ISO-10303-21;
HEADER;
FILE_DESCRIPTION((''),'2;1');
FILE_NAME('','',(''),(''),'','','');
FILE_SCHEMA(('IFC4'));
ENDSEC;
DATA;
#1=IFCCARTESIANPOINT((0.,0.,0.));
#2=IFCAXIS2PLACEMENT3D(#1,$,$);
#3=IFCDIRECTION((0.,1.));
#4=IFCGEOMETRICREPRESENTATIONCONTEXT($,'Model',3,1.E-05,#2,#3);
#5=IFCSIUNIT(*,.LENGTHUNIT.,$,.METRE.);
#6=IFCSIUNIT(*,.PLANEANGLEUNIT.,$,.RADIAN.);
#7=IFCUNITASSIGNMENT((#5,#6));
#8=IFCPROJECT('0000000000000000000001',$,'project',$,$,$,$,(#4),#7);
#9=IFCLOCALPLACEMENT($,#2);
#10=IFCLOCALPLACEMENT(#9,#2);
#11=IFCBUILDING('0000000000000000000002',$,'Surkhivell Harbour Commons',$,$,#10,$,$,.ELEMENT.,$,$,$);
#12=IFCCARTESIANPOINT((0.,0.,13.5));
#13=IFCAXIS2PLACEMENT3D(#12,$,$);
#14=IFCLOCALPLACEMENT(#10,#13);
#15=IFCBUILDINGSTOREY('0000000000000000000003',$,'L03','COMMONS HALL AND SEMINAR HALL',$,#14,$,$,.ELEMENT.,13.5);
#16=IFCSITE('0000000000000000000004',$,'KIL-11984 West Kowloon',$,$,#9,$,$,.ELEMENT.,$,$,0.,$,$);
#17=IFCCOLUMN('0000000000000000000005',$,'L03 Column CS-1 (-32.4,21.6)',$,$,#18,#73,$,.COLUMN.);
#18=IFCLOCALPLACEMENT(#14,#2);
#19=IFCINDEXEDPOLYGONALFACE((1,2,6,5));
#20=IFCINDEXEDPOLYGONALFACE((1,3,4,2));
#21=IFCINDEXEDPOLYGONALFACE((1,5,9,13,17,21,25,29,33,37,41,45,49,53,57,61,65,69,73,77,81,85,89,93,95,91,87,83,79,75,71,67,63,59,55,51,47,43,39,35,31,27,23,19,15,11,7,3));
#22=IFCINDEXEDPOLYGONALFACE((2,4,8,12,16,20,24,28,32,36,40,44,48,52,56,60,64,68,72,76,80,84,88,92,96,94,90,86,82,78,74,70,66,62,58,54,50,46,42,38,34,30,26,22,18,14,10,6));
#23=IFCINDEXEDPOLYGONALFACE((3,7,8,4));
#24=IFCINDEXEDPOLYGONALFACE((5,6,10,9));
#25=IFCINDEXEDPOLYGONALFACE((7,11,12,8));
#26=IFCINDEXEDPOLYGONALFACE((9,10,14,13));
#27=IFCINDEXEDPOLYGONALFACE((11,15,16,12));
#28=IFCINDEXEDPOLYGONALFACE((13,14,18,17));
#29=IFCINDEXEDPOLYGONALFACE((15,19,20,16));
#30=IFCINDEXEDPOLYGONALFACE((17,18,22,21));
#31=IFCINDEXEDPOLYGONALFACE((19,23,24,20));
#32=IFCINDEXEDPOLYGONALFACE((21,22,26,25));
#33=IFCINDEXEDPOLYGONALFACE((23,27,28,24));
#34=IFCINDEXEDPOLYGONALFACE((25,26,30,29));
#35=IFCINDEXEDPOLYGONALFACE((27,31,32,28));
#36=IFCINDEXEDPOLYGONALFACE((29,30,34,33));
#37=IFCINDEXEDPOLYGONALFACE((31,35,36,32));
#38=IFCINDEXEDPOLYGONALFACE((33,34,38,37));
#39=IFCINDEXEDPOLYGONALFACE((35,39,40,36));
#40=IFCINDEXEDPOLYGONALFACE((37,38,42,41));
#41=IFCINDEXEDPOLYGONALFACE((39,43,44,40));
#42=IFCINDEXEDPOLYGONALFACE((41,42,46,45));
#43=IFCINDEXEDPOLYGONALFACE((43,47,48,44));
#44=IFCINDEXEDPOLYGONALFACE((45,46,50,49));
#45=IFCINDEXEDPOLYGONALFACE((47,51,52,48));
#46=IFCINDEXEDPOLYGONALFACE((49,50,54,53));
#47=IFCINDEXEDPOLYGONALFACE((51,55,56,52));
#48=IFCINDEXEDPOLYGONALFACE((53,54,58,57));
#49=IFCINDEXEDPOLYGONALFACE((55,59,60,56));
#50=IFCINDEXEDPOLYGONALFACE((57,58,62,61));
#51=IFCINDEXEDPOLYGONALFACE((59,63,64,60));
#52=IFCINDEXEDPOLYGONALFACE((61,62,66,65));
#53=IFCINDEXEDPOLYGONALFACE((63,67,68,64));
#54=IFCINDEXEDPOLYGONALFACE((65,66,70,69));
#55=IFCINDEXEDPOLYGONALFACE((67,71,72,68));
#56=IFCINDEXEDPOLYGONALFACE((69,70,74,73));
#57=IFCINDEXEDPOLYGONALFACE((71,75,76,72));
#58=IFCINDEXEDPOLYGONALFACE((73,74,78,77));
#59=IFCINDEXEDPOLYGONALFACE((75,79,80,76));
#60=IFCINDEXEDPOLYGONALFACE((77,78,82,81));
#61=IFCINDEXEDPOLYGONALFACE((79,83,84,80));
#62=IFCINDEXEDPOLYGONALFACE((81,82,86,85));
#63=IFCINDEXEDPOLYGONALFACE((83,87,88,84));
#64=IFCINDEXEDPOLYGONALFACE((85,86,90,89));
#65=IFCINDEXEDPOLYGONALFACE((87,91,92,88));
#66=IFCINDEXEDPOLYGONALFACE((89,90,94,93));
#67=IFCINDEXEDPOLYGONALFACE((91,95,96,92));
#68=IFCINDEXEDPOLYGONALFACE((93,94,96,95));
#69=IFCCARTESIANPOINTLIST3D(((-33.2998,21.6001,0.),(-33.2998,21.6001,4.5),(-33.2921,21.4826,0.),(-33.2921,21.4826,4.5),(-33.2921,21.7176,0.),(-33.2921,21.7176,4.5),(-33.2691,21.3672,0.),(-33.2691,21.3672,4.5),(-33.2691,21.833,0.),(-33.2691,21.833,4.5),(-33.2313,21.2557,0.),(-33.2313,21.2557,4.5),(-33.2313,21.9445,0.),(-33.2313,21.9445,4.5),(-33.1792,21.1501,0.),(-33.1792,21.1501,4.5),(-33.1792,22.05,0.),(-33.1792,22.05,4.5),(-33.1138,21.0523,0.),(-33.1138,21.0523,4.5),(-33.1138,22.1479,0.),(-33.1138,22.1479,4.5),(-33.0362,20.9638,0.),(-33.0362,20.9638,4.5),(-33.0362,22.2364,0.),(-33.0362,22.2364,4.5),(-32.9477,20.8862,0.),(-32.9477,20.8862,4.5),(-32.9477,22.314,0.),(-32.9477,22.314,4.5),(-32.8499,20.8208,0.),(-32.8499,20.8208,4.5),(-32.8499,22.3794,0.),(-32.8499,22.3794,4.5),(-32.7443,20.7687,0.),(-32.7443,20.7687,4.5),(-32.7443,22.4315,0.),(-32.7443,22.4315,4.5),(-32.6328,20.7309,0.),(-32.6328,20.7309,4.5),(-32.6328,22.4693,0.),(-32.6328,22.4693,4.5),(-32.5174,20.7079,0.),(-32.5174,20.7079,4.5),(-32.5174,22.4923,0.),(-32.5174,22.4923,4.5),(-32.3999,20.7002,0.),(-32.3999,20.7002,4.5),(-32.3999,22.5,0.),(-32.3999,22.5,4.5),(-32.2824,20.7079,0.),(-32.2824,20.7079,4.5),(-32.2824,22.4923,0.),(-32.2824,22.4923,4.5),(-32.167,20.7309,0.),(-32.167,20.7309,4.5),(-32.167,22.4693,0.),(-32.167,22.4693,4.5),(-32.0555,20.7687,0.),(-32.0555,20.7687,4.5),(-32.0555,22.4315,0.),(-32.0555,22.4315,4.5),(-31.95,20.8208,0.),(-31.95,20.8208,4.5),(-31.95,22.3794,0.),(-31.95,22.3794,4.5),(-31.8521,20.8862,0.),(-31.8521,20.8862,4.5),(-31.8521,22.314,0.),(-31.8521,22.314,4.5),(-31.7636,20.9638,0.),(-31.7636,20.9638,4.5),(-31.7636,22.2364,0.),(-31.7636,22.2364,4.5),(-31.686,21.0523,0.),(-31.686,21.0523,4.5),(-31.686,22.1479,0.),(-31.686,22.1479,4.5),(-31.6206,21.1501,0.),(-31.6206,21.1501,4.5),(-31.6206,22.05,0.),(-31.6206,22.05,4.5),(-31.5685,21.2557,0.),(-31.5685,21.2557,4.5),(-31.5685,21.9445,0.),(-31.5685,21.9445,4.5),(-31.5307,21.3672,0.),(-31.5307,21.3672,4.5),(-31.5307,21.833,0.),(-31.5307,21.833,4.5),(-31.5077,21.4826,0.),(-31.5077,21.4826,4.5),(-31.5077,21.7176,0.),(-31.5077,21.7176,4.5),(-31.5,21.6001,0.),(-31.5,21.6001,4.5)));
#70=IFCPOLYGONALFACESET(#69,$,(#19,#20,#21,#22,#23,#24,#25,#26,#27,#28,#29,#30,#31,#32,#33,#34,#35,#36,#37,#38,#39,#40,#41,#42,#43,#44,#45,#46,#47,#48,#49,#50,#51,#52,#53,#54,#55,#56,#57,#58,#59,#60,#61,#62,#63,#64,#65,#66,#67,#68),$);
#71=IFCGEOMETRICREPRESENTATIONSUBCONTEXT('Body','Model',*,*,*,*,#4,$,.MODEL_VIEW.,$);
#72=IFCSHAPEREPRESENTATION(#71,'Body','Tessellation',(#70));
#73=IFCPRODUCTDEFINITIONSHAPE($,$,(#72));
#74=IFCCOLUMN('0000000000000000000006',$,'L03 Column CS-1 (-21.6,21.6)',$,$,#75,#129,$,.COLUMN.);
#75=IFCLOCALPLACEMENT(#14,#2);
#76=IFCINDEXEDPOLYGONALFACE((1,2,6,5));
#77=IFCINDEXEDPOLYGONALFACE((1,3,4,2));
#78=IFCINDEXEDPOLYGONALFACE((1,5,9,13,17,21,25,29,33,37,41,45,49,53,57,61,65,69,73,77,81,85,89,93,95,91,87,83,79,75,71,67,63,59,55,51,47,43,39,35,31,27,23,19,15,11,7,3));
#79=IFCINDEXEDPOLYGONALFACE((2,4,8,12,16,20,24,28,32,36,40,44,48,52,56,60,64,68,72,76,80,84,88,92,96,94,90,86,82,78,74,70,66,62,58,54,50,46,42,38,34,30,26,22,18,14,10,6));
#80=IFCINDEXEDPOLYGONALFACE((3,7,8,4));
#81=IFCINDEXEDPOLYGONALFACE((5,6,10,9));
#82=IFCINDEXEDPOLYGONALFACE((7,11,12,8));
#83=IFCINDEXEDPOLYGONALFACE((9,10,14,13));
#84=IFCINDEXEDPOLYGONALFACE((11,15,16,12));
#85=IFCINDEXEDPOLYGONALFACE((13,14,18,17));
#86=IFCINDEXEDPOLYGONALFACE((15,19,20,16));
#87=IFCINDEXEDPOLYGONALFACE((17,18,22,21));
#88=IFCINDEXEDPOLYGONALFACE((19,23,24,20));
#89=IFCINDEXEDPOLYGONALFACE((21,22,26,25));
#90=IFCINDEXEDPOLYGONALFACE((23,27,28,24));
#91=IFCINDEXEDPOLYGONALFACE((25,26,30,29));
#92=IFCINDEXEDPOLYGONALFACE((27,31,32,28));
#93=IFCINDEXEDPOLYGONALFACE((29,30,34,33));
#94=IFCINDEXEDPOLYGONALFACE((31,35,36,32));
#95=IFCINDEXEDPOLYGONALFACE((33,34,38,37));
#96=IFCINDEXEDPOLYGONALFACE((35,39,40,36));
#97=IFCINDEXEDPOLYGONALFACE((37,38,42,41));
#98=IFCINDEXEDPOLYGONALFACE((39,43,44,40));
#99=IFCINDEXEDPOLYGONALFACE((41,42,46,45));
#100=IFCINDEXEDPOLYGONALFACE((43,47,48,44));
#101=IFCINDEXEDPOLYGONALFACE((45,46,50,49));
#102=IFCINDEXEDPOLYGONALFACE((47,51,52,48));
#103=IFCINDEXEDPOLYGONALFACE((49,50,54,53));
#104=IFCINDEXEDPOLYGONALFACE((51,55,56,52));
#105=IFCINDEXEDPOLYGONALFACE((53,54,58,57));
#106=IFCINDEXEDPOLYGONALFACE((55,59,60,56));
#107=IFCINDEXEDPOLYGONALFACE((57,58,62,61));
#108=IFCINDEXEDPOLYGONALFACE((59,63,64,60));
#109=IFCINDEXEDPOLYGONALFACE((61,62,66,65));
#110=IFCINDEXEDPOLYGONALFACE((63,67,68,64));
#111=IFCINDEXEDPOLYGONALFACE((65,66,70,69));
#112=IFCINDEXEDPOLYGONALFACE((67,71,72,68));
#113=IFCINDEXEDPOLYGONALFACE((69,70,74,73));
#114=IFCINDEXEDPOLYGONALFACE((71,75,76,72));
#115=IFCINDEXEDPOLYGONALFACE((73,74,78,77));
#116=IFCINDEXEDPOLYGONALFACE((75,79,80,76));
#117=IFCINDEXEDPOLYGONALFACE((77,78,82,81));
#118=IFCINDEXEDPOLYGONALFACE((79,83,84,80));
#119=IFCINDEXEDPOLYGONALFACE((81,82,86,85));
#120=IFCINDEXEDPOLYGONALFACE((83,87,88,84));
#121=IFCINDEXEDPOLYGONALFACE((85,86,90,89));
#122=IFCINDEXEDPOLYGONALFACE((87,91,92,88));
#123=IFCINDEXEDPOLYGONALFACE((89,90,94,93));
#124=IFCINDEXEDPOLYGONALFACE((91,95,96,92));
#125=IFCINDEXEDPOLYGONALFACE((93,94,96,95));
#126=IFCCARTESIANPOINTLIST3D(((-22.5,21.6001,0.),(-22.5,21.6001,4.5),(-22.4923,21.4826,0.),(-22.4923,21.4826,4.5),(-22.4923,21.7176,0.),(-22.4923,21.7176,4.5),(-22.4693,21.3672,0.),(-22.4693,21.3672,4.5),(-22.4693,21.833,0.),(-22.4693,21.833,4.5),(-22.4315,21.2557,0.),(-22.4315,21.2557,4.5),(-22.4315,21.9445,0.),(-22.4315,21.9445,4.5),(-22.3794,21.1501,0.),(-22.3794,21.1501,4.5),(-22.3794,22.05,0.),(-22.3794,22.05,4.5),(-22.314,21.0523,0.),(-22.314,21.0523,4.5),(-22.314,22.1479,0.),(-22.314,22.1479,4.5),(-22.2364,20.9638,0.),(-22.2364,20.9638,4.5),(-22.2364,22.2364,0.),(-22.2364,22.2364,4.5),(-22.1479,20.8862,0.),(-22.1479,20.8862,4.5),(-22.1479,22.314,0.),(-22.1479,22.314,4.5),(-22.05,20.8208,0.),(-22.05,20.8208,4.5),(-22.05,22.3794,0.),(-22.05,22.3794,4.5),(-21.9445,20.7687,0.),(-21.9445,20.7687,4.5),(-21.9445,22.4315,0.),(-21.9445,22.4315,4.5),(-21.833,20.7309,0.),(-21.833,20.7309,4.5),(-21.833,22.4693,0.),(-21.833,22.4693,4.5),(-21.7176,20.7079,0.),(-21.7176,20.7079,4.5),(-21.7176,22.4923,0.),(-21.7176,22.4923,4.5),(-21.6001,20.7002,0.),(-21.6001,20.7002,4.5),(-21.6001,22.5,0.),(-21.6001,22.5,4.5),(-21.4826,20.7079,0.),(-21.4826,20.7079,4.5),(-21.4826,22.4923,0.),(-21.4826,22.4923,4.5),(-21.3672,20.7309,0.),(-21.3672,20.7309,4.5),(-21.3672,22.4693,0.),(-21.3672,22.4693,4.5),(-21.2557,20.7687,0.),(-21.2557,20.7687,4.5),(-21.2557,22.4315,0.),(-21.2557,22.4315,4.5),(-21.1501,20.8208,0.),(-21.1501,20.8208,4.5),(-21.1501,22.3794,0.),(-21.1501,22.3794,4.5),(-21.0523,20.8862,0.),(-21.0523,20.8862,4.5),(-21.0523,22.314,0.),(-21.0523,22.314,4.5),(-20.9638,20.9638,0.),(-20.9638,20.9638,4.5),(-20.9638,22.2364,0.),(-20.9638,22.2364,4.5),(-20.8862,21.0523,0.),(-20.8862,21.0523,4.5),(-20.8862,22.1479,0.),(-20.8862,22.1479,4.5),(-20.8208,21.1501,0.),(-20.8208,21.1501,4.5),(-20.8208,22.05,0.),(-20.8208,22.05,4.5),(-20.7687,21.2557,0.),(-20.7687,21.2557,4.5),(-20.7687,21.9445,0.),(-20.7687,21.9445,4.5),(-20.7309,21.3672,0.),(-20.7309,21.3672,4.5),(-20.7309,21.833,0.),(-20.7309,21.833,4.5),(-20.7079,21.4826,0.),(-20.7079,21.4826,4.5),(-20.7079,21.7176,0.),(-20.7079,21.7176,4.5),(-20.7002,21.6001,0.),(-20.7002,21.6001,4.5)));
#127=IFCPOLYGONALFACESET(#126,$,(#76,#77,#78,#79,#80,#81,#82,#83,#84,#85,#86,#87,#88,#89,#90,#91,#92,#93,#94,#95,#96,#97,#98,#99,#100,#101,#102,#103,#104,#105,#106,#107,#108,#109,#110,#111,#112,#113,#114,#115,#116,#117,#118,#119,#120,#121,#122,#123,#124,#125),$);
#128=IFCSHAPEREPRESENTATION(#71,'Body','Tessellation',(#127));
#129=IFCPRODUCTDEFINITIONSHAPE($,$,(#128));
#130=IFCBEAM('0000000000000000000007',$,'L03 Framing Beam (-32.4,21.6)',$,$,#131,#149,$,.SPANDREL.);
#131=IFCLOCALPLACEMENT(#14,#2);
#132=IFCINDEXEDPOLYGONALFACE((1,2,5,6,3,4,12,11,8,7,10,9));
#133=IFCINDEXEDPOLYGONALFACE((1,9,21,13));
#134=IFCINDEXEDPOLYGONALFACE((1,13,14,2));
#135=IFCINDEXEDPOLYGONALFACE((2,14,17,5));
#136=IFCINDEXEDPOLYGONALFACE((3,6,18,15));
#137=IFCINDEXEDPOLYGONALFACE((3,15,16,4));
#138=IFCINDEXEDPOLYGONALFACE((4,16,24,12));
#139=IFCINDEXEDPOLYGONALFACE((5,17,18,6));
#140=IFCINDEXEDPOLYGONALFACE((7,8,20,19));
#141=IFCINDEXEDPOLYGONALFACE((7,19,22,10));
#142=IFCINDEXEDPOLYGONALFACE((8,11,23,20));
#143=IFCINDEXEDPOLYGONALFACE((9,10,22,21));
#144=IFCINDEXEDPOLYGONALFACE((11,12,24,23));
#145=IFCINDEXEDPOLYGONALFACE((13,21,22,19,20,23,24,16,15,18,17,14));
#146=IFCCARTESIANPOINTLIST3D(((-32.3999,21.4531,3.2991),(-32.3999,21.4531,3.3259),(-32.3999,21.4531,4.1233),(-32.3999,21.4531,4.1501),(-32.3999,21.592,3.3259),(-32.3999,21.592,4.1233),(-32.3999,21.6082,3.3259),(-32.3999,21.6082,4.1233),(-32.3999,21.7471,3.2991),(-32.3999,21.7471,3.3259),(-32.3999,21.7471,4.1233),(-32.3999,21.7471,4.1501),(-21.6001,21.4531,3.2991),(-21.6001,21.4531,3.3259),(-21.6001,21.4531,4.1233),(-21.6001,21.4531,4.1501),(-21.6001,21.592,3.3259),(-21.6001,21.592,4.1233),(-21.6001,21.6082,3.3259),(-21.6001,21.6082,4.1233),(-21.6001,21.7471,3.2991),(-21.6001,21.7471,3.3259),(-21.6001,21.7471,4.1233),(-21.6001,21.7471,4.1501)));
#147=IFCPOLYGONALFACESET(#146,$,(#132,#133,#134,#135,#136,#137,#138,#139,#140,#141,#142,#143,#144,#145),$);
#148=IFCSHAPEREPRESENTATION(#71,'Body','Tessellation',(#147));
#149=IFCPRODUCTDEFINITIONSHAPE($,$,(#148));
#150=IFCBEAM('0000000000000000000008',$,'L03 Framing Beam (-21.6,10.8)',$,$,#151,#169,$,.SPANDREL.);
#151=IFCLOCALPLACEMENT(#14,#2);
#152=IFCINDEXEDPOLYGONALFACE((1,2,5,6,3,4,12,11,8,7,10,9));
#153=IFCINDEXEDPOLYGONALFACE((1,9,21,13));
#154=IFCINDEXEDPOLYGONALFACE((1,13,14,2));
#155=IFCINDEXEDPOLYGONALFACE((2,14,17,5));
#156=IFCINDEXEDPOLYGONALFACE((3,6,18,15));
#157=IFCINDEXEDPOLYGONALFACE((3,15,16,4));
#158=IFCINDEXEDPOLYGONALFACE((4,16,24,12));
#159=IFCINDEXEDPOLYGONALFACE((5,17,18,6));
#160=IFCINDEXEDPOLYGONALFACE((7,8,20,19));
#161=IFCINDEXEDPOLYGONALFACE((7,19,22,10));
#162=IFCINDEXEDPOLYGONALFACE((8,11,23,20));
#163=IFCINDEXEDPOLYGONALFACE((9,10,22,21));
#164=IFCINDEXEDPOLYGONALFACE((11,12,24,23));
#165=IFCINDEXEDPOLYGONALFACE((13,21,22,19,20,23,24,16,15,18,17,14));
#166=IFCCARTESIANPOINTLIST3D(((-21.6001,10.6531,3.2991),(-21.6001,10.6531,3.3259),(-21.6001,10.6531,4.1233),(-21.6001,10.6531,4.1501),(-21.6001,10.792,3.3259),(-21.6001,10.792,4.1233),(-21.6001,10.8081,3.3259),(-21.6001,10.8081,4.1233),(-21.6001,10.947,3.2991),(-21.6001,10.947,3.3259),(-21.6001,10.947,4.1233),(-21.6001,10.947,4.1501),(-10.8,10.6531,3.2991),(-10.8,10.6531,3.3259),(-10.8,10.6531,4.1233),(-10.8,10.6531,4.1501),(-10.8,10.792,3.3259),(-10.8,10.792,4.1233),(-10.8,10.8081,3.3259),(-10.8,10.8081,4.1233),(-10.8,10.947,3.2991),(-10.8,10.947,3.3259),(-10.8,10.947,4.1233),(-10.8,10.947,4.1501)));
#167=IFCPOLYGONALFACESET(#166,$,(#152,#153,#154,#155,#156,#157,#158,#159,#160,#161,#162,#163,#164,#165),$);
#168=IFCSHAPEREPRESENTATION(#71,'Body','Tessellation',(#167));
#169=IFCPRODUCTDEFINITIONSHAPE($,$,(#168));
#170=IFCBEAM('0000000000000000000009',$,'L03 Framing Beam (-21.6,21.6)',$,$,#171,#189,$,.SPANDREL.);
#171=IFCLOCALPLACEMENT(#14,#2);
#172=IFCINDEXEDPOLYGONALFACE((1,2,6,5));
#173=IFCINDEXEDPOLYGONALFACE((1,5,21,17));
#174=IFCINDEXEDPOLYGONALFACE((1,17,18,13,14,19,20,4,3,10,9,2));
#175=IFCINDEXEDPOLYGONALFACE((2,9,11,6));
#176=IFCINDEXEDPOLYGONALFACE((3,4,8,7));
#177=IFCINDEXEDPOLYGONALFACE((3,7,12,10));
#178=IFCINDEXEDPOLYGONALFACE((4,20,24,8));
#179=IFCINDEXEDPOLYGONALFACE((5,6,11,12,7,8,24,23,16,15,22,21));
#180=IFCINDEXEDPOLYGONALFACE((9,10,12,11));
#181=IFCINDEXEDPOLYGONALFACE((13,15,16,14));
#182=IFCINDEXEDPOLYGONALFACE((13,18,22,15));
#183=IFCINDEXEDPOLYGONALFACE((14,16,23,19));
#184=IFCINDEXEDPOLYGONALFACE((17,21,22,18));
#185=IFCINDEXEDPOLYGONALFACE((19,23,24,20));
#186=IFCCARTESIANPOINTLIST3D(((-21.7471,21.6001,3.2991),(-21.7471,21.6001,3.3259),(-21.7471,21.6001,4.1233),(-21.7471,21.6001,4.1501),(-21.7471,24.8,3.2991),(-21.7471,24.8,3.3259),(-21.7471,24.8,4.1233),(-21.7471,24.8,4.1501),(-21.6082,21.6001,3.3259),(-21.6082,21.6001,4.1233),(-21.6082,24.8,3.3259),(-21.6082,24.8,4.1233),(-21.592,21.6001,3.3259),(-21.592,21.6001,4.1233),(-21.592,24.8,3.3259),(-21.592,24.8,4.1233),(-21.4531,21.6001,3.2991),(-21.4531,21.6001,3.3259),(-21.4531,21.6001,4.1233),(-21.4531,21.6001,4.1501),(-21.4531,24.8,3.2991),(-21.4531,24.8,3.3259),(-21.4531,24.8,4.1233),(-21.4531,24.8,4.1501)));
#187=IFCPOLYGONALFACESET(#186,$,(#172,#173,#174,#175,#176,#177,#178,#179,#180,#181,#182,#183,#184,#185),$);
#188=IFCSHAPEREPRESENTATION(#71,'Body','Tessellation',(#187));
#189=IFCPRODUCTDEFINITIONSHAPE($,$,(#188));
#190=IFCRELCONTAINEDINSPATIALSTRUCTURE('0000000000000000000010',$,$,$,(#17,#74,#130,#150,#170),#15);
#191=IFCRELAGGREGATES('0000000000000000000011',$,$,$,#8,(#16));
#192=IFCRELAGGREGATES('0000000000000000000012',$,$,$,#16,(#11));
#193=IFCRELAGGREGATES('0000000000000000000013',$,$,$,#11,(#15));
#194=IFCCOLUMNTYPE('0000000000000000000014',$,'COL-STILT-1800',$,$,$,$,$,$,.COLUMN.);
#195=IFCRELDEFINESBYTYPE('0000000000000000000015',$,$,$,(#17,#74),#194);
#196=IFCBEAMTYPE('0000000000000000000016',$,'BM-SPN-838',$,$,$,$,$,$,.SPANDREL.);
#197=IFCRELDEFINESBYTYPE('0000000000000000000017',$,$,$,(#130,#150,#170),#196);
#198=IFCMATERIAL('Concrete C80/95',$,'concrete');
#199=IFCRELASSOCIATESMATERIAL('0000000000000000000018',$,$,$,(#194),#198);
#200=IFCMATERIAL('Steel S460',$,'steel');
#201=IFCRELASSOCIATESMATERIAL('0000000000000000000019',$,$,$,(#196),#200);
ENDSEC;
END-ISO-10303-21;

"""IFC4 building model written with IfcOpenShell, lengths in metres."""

from ifc_helpers import new_model, si_unit, direction, frame, origin, origin_2d, place, context, subcontext, project, spatial, circle, i_section, extrude, material, material_profile, profile_set, type_object, element, save


model = new_model("IFC4")

# Units and contexts
model_context = context("Model", 3, precision=1e-05, world=origin(), true_north=direction((0.0, 1.0)))
body_context = subcontext(model_context, "Body", "Model", "MODEL_VIEW")
ifc_project = project(units=[si_unit("LENGTHUNIT", "METRE"), si_unit("PLANEANGLEUNIT", "RADIAN")], contexts=[model_context])

# Site, building, storey
site_placement = place(None, origin())
site = spatial("IfcSite", under=ifc_project, at=site_placement, Name="KIL-11984 West Kowloon", CompositionType="ELEMENT", RefElevation=0.0)
building_placement = place(site_placement, origin())
building = spatial("IfcBuilding", under=site, at=building_placement, Name="Surkhivell Harbour Commons", CompositionType="ELEMENT")
storey_placement = place(building_placement, frame((0.0, 0.0, 13.5)))
storey = spatial("IfcBuildingStorey", under=building, at=storey_placement, Name="L03", Description="COMMONS HALL AND SEMINAR HALL", CompositionType="ELEMENT", Elevation=13.5)

# Columns
ifc_material_1 = material(Name="Concrete C80/95", Category="concrete")
ifc_material_profile_1 = material_profile(ifc_material_1, circle(Radius=0.8999, at=origin_2d()), Name="RC-CIRC-1800")
ifc_profile_set_1 = profile_set([ifc_material_profile_1], Name="Concrete C80/95")
column_type = type_object("IfcColumnType", Name="COL-STILT-1800", PredefinedType="COLUMN", material=ifc_profile_set_1)
for number, where, z_axis, x_axis, name in (
    (1, (-32.3999, 21.6001, 0.0), (0.0, 0.0, 1.0), (1.0, 0.0, 0.0), "L03 Column CS-1 (-32.4,21.6)"),
    (2, (-21.6001, 21.6001, 0.0), (0.0, 0.0, 1.0), (1.0, 0.0, 0.0), "L03 Column CS-1 (-21.6,21.6)"),
):
    element("IfcColumn", number, at=place(storey_placement, frame(where, z_axis=z_axis, x_axis=x_axis)), inside=storey, type_object=column_type, Name=name, PredefinedType="COLUMN", context=body_context, shape_type="SweptSolid", body=[
        extrude(circle(Radius=0.8999, at=origin_2d()), origin(), (0.0, 0.0, 1.0), 4.5),
    ])

# Beams
ifc_material_2 = material(Name="Steel S460", Category="steel")
ifc_material_profile_2 = material_profile(ifc_material_2, i_section(OverallWidth=0.2939, OverallDepth=0.8511, WebThickness=0.0161, FlangeThickness=0.0269, at=origin_2d()), Name="UB838x292x226")
ifc_profile_set_2 = profile_set([ifc_material_profile_2], Name="Steel S460")
beam_type = type_object("IfcBeamType", Name="BM-SPN-838", PredefinedType="SPANDREL", material=ifc_profile_set_2)
beam_1_placement = place(storey_placement, frame((-32.3999, 21.6001, 3.7246), z_axis=(1.0, 0.0, 0.0), x_axis=(0.0, 1.0, 0.0)))
element("IfcBeam", 3, at=beam_1_placement, inside=storey, type_object=beam_type, Name="L03 Framing Beam (-32.4,21.6)", PredefinedType="SPANDREL", context=body_context, shape_type="SweptSolid", body=[
    extrude(i_section(OverallWidth=0.2939, OverallDepth=0.8511, WebThickness=0.0161, FlangeThickness=0.0269, at=origin_2d()), origin(), (0.0, 0.0, 1.0), 10.7998),
])
beam_2_placement = place(storey_placement, frame((-21.6001, 10.8, 3.7246), z_axis=(1.0, 0.0, 0.0), x_axis=(0.0, 1.0, 0.0)))
element("IfcBeam", 4, at=beam_2_placement, inside=storey, type_object=beam_type, Name="L03 Framing Beam (-21.6,10.8)", PredefinedType="SPANDREL", context=body_context, shape_type="SweptSolid", body=[
    extrude(i_section(OverallWidth=0.2939, OverallDepth=0.8511, WebThickness=0.0161, FlangeThickness=0.0269, at=origin_2d()), origin(), (0.0, 0.0, 1.0), 10.8),
])
beam_3_placement = place(storey_placement, frame((-21.6001, 21.6001, 3.7246), z_axis=(0.0, 1.0, 0.0), x_axis=(-1.0, 0.0, 0.0)))
element("IfcBeam", 5, at=beam_3_placement, inside=storey, type_object=beam_type, Name="L03 Framing Beam (-21.6,21.6)", PredefinedType="SPANDREL", context=body_context, shape_type="SweptSolid", body=[
    extrude(i_section(OverallWidth=0.2939, OverallDepth=0.8511, WebThickness=0.0161, FlangeThickness=0.0269, at=origin_2d()), origin(), (0.0, 0.0, 1.0), 3.2),
])

save(model, "model.ifc")
